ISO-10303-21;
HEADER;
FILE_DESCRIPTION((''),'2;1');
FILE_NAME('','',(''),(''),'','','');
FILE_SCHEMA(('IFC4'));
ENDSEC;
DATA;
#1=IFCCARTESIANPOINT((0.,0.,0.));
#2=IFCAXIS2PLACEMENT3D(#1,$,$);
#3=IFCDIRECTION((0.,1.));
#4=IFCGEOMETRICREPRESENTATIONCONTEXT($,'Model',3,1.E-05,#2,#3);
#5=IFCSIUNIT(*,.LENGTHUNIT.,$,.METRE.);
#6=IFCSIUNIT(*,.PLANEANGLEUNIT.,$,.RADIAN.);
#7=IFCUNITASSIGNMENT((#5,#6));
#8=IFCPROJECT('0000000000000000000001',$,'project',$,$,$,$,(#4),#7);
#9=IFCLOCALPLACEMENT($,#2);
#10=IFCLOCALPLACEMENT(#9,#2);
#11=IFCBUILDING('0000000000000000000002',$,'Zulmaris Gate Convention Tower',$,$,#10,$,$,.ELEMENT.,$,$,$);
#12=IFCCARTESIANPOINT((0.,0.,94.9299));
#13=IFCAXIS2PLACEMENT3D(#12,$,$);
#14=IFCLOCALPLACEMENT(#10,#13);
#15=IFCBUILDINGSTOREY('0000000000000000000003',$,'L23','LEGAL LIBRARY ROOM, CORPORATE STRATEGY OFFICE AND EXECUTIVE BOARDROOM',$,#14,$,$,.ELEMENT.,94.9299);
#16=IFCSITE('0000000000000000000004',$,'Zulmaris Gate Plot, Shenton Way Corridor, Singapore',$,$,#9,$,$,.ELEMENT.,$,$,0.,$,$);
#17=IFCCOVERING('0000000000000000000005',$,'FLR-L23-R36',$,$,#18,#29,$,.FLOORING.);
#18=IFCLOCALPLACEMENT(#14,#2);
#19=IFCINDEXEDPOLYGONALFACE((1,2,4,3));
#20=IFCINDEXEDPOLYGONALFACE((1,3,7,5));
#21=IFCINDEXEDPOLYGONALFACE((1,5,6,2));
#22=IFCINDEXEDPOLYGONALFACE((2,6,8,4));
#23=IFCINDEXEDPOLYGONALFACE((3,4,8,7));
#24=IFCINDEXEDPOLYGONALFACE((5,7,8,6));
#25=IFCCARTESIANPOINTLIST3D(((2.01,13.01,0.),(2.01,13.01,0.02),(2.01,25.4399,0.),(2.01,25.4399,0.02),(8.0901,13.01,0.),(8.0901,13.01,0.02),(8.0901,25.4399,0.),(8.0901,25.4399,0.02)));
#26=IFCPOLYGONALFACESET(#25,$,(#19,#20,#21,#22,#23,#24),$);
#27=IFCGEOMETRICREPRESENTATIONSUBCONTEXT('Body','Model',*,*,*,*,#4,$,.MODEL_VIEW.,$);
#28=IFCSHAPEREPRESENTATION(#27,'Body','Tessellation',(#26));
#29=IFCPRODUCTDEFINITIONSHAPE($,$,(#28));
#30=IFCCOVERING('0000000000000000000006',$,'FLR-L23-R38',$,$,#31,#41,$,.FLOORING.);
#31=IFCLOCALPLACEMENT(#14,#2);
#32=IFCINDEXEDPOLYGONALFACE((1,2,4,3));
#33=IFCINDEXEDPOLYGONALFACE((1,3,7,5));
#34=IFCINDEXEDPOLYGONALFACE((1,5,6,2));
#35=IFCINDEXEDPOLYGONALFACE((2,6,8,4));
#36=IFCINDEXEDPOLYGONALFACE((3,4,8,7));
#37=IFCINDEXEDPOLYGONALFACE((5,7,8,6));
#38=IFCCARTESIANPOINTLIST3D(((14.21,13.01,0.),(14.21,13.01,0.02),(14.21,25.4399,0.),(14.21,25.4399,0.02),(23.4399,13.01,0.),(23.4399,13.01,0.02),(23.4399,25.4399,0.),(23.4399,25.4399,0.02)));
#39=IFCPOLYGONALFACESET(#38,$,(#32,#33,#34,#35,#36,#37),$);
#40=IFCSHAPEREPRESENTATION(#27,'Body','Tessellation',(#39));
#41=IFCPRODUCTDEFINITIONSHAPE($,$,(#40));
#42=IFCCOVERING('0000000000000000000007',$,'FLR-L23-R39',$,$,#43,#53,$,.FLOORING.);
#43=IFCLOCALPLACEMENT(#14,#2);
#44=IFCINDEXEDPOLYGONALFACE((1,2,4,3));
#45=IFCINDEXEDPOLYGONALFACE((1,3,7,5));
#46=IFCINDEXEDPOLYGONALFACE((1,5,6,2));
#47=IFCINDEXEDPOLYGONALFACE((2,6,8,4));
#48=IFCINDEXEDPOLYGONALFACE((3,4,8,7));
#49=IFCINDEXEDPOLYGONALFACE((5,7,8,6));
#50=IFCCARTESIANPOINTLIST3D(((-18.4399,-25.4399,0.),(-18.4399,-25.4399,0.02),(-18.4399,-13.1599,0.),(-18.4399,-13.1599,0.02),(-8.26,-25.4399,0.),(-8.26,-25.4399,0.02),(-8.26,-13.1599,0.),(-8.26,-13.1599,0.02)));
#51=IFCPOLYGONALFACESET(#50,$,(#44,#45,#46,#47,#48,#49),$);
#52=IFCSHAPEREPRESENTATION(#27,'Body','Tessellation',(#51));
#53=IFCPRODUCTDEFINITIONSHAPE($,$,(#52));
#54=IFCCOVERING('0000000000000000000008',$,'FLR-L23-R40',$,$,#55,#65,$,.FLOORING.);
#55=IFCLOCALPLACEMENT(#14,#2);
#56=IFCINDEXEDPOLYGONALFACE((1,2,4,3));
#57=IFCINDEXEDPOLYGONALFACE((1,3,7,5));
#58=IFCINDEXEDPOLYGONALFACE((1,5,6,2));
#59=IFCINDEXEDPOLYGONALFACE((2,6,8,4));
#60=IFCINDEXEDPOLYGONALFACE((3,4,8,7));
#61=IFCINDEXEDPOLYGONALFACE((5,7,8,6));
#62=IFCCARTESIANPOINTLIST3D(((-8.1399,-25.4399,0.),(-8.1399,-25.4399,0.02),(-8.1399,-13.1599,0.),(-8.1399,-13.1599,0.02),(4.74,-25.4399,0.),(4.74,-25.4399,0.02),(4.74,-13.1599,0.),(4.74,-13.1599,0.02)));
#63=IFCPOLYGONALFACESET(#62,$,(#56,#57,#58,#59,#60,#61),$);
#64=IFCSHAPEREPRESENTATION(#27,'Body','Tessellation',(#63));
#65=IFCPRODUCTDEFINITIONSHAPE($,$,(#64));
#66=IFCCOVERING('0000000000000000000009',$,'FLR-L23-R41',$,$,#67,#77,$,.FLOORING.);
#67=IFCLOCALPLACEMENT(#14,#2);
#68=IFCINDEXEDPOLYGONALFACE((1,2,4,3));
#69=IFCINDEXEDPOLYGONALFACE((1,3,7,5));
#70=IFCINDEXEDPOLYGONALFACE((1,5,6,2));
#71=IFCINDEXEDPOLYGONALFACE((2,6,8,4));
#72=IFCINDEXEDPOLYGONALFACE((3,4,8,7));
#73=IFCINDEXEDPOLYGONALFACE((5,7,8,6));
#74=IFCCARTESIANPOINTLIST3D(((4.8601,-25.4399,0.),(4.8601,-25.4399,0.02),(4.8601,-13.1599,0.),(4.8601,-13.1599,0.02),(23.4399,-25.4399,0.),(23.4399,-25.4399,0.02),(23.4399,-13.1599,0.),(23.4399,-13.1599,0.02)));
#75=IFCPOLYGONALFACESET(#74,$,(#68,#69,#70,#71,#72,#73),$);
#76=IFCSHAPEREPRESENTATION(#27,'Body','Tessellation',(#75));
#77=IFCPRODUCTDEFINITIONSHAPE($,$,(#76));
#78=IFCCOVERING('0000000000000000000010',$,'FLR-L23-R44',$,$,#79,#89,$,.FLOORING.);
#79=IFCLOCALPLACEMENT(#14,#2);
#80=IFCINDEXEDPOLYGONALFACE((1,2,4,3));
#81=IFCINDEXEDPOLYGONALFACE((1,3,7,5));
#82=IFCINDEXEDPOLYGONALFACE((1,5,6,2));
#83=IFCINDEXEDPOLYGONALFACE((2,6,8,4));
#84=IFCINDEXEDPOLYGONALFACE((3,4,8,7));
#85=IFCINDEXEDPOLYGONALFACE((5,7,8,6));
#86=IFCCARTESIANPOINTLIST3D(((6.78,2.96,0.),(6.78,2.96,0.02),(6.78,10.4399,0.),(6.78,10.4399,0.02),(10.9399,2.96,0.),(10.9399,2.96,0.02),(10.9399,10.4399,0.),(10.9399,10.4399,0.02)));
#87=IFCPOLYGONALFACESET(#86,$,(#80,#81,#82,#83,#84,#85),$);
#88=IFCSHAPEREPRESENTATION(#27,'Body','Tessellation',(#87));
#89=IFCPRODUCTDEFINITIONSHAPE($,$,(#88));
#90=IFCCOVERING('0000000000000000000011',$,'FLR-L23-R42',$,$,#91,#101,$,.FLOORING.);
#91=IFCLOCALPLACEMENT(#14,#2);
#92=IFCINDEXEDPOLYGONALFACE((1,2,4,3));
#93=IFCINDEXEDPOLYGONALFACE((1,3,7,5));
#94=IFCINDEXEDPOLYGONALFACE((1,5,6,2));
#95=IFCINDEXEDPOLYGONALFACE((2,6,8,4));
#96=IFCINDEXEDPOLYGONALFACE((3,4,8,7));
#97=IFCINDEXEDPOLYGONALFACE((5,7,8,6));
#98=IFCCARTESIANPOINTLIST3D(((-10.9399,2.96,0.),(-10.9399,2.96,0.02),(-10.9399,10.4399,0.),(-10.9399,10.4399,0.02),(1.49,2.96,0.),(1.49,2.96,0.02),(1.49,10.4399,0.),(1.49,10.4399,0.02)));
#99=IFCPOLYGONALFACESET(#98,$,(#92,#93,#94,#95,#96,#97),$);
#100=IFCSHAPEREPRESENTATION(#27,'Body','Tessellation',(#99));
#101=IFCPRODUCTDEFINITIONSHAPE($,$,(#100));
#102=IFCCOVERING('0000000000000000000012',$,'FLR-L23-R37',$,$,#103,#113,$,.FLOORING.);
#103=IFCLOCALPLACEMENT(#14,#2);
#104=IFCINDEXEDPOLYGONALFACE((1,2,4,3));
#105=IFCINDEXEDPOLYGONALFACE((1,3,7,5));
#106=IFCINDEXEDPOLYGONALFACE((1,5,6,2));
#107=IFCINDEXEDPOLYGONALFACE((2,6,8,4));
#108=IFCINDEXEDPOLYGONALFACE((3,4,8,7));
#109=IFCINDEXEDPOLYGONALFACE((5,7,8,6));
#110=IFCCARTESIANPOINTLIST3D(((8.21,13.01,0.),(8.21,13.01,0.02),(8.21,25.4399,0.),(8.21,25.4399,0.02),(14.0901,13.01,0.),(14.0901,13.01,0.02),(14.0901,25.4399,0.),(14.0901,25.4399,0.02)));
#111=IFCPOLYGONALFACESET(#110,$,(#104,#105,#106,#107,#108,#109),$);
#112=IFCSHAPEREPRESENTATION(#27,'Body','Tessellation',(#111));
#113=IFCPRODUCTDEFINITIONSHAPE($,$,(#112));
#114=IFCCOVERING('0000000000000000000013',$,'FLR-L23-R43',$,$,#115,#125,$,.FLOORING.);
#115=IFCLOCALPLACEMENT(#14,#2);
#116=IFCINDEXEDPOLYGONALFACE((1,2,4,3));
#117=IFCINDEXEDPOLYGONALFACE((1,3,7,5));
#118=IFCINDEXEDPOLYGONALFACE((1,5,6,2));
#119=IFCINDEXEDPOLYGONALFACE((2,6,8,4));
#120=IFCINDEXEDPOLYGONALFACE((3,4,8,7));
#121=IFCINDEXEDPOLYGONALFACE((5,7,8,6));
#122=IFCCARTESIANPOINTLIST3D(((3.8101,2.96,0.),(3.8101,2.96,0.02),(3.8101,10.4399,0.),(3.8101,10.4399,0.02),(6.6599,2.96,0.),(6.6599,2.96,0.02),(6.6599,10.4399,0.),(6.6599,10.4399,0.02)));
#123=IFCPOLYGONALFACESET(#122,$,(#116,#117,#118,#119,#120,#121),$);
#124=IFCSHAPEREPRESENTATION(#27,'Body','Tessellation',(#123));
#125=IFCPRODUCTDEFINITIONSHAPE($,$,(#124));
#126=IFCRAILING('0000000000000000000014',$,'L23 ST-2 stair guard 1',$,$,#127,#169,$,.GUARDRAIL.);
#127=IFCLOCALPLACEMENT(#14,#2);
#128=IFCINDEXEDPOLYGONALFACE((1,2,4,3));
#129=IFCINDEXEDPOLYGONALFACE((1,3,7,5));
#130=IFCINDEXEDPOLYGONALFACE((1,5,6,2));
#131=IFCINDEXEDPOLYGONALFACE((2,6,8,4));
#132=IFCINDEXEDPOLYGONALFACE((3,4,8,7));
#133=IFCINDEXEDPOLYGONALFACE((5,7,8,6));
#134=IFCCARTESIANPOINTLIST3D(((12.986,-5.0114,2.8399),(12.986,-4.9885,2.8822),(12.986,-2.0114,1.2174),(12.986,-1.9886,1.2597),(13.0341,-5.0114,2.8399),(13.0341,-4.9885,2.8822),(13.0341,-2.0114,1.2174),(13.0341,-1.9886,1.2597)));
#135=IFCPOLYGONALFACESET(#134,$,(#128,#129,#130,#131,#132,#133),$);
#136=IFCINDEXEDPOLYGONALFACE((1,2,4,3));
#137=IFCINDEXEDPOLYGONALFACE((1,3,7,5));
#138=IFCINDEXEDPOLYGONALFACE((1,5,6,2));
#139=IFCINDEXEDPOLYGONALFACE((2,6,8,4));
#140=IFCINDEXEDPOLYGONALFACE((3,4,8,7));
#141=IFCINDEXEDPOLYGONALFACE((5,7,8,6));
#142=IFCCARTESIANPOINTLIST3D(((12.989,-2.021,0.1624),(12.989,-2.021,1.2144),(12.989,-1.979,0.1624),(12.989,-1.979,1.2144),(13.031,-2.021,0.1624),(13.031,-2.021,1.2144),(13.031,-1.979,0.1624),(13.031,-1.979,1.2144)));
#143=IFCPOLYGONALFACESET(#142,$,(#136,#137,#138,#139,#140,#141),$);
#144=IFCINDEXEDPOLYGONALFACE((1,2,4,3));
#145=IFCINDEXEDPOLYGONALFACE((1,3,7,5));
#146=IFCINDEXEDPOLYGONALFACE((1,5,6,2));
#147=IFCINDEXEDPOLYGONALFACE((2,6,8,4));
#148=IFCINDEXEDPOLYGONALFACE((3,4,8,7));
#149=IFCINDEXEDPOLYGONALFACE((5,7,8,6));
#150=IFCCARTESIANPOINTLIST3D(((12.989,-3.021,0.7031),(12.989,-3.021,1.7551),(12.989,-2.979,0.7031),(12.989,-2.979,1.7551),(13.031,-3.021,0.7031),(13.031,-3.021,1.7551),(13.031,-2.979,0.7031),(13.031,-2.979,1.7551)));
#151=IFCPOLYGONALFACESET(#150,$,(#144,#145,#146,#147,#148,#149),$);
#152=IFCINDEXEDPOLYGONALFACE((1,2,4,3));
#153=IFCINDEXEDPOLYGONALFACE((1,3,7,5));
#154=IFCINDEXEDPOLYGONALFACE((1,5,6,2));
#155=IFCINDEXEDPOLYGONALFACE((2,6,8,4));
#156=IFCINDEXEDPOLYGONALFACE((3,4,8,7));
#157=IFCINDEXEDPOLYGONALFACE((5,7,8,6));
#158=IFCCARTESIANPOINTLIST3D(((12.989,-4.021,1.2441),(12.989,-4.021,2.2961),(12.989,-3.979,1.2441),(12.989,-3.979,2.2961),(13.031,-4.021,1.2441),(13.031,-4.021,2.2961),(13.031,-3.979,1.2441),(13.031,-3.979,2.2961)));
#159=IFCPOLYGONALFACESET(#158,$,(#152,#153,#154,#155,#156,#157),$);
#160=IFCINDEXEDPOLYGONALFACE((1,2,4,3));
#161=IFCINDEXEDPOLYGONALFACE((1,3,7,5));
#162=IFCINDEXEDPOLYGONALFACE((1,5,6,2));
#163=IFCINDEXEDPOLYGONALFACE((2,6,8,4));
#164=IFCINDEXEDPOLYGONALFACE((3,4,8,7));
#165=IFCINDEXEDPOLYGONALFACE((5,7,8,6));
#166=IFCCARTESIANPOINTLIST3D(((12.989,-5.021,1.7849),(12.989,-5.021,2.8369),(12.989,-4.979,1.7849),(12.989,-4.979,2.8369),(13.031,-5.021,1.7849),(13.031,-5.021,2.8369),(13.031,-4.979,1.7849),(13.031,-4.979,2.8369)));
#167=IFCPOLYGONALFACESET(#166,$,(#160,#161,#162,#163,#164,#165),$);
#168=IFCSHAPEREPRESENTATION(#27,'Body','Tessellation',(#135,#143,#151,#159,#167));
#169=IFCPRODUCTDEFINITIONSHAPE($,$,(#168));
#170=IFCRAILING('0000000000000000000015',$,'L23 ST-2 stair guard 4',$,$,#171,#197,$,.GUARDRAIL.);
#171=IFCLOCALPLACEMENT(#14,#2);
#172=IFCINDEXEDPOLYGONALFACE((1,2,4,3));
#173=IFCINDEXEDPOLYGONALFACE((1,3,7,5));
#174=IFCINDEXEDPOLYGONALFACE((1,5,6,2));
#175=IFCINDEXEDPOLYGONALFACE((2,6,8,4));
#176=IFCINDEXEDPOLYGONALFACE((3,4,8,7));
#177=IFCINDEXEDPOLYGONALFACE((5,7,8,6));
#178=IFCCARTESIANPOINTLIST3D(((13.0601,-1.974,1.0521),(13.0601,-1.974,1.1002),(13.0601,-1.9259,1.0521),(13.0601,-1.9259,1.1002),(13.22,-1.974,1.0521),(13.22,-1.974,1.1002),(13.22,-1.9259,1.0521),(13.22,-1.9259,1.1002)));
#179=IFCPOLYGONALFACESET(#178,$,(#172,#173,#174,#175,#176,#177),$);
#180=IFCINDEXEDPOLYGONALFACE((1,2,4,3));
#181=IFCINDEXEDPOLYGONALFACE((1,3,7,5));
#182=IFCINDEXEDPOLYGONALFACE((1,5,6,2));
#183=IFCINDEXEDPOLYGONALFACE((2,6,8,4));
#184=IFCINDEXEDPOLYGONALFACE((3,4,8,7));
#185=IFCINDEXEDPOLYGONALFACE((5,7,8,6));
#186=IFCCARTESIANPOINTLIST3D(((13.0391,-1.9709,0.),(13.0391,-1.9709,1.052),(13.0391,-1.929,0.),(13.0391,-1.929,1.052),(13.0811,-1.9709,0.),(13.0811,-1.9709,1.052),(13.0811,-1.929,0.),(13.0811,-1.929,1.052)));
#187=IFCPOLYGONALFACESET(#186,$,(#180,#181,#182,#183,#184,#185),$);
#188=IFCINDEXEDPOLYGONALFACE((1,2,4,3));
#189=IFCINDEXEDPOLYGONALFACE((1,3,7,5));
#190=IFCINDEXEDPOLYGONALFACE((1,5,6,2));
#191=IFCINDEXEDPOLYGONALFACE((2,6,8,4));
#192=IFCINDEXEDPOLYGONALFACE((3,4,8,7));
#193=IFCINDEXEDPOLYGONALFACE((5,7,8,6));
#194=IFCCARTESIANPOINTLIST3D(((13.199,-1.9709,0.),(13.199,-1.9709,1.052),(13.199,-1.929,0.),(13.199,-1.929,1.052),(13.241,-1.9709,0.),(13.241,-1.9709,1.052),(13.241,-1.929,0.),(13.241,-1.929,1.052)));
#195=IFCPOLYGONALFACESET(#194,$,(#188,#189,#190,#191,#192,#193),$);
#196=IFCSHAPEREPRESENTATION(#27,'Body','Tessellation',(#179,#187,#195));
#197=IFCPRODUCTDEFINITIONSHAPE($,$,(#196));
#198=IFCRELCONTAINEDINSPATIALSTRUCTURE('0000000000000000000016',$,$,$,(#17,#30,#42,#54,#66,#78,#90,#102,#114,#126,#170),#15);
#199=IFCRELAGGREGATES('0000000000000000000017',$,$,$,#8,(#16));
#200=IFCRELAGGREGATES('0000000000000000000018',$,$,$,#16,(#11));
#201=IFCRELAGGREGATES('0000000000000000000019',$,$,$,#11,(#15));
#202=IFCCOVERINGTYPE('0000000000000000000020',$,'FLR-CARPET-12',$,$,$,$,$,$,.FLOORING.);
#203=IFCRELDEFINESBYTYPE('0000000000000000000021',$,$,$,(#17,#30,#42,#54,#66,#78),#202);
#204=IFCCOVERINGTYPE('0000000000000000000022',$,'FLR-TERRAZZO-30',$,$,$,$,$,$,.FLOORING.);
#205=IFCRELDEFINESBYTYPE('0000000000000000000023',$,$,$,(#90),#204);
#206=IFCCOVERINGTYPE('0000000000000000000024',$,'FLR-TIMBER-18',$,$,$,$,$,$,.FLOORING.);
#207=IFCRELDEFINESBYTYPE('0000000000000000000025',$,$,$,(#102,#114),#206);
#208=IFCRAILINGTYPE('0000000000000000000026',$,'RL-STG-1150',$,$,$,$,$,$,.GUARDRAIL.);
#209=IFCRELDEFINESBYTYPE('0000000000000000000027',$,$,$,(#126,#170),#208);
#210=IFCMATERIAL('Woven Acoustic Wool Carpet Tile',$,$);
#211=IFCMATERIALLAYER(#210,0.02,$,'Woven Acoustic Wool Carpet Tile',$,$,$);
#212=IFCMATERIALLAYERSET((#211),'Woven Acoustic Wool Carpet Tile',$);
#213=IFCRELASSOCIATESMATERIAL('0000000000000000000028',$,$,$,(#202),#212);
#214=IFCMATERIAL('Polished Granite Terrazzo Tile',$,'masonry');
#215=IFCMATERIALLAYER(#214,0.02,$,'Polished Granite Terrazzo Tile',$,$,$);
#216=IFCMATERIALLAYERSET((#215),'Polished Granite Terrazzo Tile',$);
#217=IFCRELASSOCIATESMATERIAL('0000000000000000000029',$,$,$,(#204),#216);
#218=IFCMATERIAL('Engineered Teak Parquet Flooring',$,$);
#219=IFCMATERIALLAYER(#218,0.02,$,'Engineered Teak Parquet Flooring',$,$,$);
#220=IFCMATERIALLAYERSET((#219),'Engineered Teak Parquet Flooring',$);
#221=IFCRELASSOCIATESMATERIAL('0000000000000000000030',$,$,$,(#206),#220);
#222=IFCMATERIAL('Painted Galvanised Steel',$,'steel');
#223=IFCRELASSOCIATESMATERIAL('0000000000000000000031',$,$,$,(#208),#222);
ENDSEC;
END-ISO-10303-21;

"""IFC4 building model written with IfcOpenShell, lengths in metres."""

from ifc_helpers import new_model, si_unit, direction, frame, origin, origin_2d, place, context, subcontext, project, spatial, polyline, rectangle, outline, extrude, material, layer, layer_set, type_object, element, save


model = new_model("IFC4")

# Units and contexts
model_context = context("Model", 3, precision=1e-05, world=origin(), true_north=direction((0.0, 1.0)))
body_context = subcontext(model_context, "Body", "Model", "MODEL_VIEW")
ifc_project = project(units=[si_unit("LENGTHUNIT", "METRE"), si_unit("PLANEANGLEUNIT", "RADIAN")], contexts=[model_context])

# Site, building, storey
site_placement = place(None, origin())
site = spatial("IfcSite", under=ifc_project, at=site_placement, Name="Zulmaris Gate Plot, Shenton Way Corridor, Singapore", CompositionType="ELEMENT", RefElevation=0.0)
building_placement = place(site_placement, origin())
building = spatial("IfcBuilding", under=site, at=building_placement, Name="Zulmaris Gate Convention Tower", CompositionType="ELEMENT")
storey_placement = place(building_placement, frame((0.0, 0.0, 94.9299)))
storey = spatial("IfcBuildingStorey", under=building, at=storey_placement, Name="L23", Description="LEGAL LIBRARY ROOM, CORPORATE STRATEGY OFFICE AND EXECUTIVE BOARDROOM", CompositionType="ELEMENT", Elevation=94.9299)

# Coverings
ifc_material_1 = material(Name="Woven Acoustic Wool Carpet Tile")
ifc_layer_1 = layer(ifc_material_1, 0.02, Name="Woven Acoustic Wool Carpet Tile")
ifc_layer_set_1 = layer_set([ifc_layer_1], Name="Woven Acoustic Wool Carpet Tile")
covering_type_1 = type_object("IfcCoveringType", Name="FLR-CARPET-12", PredefinedType="FLOORING", material=ifc_layer_set_1)
covering_1_placement = place(storey_placement, origin())
element("IfcCovering", 1, at=covering_1_placement, inside=storey, type_object=covering_type_1, Name="FLR-L23-R36", PredefinedType="FLOORING", context=body_context, shape_type="SweptSolid", body=[
    extrude(outline(polyline([(2.01, 13.01), (8.0901, 13.01), (8.0901, 25.4399), (2.01, 25.4399), (2.01, 13.01)])), origin(), (0.0, 0.0, 1.0), 0.02),
])
covering_2_placement = place(storey_placement, origin())
element("IfcCovering", 2, at=covering_2_placement, inside=storey, type_object=covering_type_1, Name="FLR-L23-R38", PredefinedType="FLOORING", context=body_context, shape_type="SweptSolid", body=[
    extrude(outline(polyline([(14.21, 13.01), (23.4399, 13.01), (23.4399, 25.4399), (14.21, 25.4399), (14.21, 13.01)])), origin(), (0.0, 0.0, 1.0), 0.02),
])
covering_3_placement = place(storey_placement, origin())
element("IfcCovering", 3, at=covering_3_placement, inside=storey, type_object=covering_type_1, Name="FLR-L23-R39", PredefinedType="FLOORING", context=body_context, shape_type="SweptSolid", body=[
    extrude(outline(polyline([(-18.4399, -25.4399), (-8.26, -25.4399), (-8.26, -13.1599), (-18.4399, -13.1599), (-18.4399, -25.4399)])), origin(), (0.0, 0.0, 1.0), 0.02),
])
covering_4_placement = place(storey_placement, origin())
element("IfcCovering", 4, at=covering_4_placement, inside=storey, type_object=covering_type_1, Name="FLR-L23-R40", PredefinedType="FLOORING", context=body_context, shape_type="SweptSolid", body=[
    extrude(outline(polyline([(-8.1399, -25.4399), (4.74, -25.4399), (4.74, -13.1599), (-8.1399, -13.1599), (-8.1399, -25.4399)])), origin(), (0.0, 0.0, 1.0), 0.02),
])
covering_5_placement = place(storey_placement, origin())
element("IfcCovering", 5, at=covering_5_placement, inside=storey, type_object=covering_type_1, Name="FLR-L23-R41", PredefinedType="FLOORING", context=body_context, shape_type="SweptSolid", body=[
    extrude(outline(polyline([(4.8601, -25.4399), (23.4399, -25.4399), (23.4399, -13.1599), (4.8601, -13.1599), (4.8601, -25.4399)])), origin(), (0.0, 0.0, 1.0), 0.02),
])
covering_6_placement = place(storey_placement, origin())
element("IfcCovering", 6, at=covering_6_placement, inside=storey, type_object=covering_type_1, Name="FLR-L23-R44", PredefinedType="FLOORING", context=body_context, shape_type="SweptSolid", body=[
    extrude(outline(polyline([(6.78, 2.96), (10.9399, 2.96), (10.9399, 10.4399), (6.78, 10.4399), (6.78, 2.96)])), origin(), (0.0, 0.0, 1.0), 0.02),
])
ifc_material_2 = material(Name="Polished Granite Terrazzo Tile", Category="masonry")
ifc_layer_2 = layer(ifc_material_2, 0.02, Name="Polished Granite Terrazzo Tile")
ifc_layer_set_2 = layer_set([ifc_layer_2], Name="Polished Granite Terrazzo Tile")
covering_type_2 = type_object("IfcCoveringType", Name="FLR-TERRAZZO-30", PredefinedType="FLOORING", material=ifc_layer_set_2)
covering_7_placement = place(storey_placement, origin())
element("IfcCovering", 7, at=covering_7_placement, inside=storey, type_object=covering_type_2, Name="FLR-L23-R42", PredefinedType="FLOORING", context=body_context, shape_type="SweptSolid", body=[
    extrude(outline(polyline([(-10.9399, 2.96), (1.49, 2.96), (1.49, 10.4399), (-10.9399, 10.4399), (-10.9399, 2.96)])), origin(), (0.0, 0.0, 1.0), 0.02),
])
ifc_material_3 = material(Name="Engineered Teak Parquet Flooring")
ifc_layer_3 = layer(ifc_material_3, 0.02, Name="Engineered Teak Parquet Flooring")
ifc_layer_set_3 = layer_set([ifc_layer_3], Name="Engineered Teak Parquet Flooring")
covering_type_3 = type_object("IfcCoveringType", Name="FLR-TIMBER-18", PredefinedType="FLOORING", material=ifc_layer_set_3)
covering_8_placement = place(storey_placement, origin())
element("IfcCovering", 8, at=covering_8_placement, inside=storey, type_object=covering_type_3, Name="FLR-L23-R37", PredefinedType="FLOORING", context=body_context, shape_type="SweptSolid", body=[
    extrude(outline(polyline([(8.21, 13.01), (14.0901, 13.01), (14.0901, 25.4399), (8.21, 25.4399), (8.21, 13.01)])), origin(), (0.0, 0.0, 1.0), 0.02),
])
covering_9_placement = place(storey_placement, origin())
element("IfcCovering", 9, at=covering_9_placement, inside=storey, type_object=covering_type_3, Name="FLR-L23-R43", PredefinedType="FLOORING", context=body_context, shape_type="SweptSolid", body=[
    extrude(outline(polyline([(3.8101, 2.96), (6.6599, 2.96), (6.6599, 10.4399), (3.8101, 10.4399), (3.8101, 2.96)])), origin(), (0.0, 0.0, 1.0), 0.02),
])

# Railings
ifc_material_4 = material(Name="Painted Galvanised Steel", Category="steel")
railing_type_1 = type_object("IfcRailingType", Name="RL-STG-1150", PredefinedType="GUARDRAIL", material=ifc_material_4)
railing_1_placement = place(storey_placement, frame((13.01, -2.0, 0.1624)))
element("IfcRailing", 10, at=railing_1_placement, inside=storey, type_object=railing_type_1, Name="L23 ST-2 stair guard 1", PredefinedType="GUARDRAIL", context=body_context, shape_type="SweptSolid", body=[
    extrude(rectangle(XDim=0.0481, YDim=0.0481, at=origin_2d()), frame((0.0, 0.0, 1.0762), z_axis=(0.0, -0.879592, 0.47573), x_axis=(1.0, 0.0, 0.0)), (0.0, 0.0, 1.0), 3.4106),
    extrude(rectangle(XDim=0.042, YDim=0.042, at=origin_2d()), origin(), (0.0, 0.0, 1.0), 1.052),
    extrude(rectangle(XDim=0.042, YDim=0.042, at=origin_2d()), frame((0.0, -1.0, 0.5408)), (0.0, 0.0, 1.0), 1.052),
    extrude(rectangle(XDim=0.042, YDim=0.042, at=origin_2d()), frame((0.0, -2.0, 1.0818)), (0.0, 0.0, 1.0), 1.052),
    extrude(rectangle(XDim=0.042, YDim=0.042, at=origin_2d()), frame((0.0, -3.0, 1.6226)), (0.0, 0.0, 1.0), 1.052),
])
railing_2_placement = place(storey_placement, frame((13.0601, -1.95, 0.0)))
element("IfcRailing", 11, at=railing_2_placement, inside=storey, type_object=railing_type_1, Name="L23 ST-2 stair guard 4", PredefinedType="GUARDRAIL", context=body_context, shape_type="SweptSolid", body=[
    extrude(rectangle(XDim=0.0481, YDim=0.0481, at=origin_2d()), frame((0.0, 0.0, 1.0762), z_axis=(1.0, 0.0, 0.0), x_axis=(0.0, 1.0, 0.0)), (0.0, 0.0, 1.0), 0.1599),
    extrude(rectangle(XDim=0.042, YDim=0.042, at=origin_2d()), origin(), (0.0, 0.0, 1.0), 1.052),
    extrude(rectangle(XDim=0.042, YDim=0.042, at=origin_2d()), frame((0.1599, 0.0, 0.0)), (0.0, 0.0, 1.0), 1.052),
])

save(model, "model.ifc")
